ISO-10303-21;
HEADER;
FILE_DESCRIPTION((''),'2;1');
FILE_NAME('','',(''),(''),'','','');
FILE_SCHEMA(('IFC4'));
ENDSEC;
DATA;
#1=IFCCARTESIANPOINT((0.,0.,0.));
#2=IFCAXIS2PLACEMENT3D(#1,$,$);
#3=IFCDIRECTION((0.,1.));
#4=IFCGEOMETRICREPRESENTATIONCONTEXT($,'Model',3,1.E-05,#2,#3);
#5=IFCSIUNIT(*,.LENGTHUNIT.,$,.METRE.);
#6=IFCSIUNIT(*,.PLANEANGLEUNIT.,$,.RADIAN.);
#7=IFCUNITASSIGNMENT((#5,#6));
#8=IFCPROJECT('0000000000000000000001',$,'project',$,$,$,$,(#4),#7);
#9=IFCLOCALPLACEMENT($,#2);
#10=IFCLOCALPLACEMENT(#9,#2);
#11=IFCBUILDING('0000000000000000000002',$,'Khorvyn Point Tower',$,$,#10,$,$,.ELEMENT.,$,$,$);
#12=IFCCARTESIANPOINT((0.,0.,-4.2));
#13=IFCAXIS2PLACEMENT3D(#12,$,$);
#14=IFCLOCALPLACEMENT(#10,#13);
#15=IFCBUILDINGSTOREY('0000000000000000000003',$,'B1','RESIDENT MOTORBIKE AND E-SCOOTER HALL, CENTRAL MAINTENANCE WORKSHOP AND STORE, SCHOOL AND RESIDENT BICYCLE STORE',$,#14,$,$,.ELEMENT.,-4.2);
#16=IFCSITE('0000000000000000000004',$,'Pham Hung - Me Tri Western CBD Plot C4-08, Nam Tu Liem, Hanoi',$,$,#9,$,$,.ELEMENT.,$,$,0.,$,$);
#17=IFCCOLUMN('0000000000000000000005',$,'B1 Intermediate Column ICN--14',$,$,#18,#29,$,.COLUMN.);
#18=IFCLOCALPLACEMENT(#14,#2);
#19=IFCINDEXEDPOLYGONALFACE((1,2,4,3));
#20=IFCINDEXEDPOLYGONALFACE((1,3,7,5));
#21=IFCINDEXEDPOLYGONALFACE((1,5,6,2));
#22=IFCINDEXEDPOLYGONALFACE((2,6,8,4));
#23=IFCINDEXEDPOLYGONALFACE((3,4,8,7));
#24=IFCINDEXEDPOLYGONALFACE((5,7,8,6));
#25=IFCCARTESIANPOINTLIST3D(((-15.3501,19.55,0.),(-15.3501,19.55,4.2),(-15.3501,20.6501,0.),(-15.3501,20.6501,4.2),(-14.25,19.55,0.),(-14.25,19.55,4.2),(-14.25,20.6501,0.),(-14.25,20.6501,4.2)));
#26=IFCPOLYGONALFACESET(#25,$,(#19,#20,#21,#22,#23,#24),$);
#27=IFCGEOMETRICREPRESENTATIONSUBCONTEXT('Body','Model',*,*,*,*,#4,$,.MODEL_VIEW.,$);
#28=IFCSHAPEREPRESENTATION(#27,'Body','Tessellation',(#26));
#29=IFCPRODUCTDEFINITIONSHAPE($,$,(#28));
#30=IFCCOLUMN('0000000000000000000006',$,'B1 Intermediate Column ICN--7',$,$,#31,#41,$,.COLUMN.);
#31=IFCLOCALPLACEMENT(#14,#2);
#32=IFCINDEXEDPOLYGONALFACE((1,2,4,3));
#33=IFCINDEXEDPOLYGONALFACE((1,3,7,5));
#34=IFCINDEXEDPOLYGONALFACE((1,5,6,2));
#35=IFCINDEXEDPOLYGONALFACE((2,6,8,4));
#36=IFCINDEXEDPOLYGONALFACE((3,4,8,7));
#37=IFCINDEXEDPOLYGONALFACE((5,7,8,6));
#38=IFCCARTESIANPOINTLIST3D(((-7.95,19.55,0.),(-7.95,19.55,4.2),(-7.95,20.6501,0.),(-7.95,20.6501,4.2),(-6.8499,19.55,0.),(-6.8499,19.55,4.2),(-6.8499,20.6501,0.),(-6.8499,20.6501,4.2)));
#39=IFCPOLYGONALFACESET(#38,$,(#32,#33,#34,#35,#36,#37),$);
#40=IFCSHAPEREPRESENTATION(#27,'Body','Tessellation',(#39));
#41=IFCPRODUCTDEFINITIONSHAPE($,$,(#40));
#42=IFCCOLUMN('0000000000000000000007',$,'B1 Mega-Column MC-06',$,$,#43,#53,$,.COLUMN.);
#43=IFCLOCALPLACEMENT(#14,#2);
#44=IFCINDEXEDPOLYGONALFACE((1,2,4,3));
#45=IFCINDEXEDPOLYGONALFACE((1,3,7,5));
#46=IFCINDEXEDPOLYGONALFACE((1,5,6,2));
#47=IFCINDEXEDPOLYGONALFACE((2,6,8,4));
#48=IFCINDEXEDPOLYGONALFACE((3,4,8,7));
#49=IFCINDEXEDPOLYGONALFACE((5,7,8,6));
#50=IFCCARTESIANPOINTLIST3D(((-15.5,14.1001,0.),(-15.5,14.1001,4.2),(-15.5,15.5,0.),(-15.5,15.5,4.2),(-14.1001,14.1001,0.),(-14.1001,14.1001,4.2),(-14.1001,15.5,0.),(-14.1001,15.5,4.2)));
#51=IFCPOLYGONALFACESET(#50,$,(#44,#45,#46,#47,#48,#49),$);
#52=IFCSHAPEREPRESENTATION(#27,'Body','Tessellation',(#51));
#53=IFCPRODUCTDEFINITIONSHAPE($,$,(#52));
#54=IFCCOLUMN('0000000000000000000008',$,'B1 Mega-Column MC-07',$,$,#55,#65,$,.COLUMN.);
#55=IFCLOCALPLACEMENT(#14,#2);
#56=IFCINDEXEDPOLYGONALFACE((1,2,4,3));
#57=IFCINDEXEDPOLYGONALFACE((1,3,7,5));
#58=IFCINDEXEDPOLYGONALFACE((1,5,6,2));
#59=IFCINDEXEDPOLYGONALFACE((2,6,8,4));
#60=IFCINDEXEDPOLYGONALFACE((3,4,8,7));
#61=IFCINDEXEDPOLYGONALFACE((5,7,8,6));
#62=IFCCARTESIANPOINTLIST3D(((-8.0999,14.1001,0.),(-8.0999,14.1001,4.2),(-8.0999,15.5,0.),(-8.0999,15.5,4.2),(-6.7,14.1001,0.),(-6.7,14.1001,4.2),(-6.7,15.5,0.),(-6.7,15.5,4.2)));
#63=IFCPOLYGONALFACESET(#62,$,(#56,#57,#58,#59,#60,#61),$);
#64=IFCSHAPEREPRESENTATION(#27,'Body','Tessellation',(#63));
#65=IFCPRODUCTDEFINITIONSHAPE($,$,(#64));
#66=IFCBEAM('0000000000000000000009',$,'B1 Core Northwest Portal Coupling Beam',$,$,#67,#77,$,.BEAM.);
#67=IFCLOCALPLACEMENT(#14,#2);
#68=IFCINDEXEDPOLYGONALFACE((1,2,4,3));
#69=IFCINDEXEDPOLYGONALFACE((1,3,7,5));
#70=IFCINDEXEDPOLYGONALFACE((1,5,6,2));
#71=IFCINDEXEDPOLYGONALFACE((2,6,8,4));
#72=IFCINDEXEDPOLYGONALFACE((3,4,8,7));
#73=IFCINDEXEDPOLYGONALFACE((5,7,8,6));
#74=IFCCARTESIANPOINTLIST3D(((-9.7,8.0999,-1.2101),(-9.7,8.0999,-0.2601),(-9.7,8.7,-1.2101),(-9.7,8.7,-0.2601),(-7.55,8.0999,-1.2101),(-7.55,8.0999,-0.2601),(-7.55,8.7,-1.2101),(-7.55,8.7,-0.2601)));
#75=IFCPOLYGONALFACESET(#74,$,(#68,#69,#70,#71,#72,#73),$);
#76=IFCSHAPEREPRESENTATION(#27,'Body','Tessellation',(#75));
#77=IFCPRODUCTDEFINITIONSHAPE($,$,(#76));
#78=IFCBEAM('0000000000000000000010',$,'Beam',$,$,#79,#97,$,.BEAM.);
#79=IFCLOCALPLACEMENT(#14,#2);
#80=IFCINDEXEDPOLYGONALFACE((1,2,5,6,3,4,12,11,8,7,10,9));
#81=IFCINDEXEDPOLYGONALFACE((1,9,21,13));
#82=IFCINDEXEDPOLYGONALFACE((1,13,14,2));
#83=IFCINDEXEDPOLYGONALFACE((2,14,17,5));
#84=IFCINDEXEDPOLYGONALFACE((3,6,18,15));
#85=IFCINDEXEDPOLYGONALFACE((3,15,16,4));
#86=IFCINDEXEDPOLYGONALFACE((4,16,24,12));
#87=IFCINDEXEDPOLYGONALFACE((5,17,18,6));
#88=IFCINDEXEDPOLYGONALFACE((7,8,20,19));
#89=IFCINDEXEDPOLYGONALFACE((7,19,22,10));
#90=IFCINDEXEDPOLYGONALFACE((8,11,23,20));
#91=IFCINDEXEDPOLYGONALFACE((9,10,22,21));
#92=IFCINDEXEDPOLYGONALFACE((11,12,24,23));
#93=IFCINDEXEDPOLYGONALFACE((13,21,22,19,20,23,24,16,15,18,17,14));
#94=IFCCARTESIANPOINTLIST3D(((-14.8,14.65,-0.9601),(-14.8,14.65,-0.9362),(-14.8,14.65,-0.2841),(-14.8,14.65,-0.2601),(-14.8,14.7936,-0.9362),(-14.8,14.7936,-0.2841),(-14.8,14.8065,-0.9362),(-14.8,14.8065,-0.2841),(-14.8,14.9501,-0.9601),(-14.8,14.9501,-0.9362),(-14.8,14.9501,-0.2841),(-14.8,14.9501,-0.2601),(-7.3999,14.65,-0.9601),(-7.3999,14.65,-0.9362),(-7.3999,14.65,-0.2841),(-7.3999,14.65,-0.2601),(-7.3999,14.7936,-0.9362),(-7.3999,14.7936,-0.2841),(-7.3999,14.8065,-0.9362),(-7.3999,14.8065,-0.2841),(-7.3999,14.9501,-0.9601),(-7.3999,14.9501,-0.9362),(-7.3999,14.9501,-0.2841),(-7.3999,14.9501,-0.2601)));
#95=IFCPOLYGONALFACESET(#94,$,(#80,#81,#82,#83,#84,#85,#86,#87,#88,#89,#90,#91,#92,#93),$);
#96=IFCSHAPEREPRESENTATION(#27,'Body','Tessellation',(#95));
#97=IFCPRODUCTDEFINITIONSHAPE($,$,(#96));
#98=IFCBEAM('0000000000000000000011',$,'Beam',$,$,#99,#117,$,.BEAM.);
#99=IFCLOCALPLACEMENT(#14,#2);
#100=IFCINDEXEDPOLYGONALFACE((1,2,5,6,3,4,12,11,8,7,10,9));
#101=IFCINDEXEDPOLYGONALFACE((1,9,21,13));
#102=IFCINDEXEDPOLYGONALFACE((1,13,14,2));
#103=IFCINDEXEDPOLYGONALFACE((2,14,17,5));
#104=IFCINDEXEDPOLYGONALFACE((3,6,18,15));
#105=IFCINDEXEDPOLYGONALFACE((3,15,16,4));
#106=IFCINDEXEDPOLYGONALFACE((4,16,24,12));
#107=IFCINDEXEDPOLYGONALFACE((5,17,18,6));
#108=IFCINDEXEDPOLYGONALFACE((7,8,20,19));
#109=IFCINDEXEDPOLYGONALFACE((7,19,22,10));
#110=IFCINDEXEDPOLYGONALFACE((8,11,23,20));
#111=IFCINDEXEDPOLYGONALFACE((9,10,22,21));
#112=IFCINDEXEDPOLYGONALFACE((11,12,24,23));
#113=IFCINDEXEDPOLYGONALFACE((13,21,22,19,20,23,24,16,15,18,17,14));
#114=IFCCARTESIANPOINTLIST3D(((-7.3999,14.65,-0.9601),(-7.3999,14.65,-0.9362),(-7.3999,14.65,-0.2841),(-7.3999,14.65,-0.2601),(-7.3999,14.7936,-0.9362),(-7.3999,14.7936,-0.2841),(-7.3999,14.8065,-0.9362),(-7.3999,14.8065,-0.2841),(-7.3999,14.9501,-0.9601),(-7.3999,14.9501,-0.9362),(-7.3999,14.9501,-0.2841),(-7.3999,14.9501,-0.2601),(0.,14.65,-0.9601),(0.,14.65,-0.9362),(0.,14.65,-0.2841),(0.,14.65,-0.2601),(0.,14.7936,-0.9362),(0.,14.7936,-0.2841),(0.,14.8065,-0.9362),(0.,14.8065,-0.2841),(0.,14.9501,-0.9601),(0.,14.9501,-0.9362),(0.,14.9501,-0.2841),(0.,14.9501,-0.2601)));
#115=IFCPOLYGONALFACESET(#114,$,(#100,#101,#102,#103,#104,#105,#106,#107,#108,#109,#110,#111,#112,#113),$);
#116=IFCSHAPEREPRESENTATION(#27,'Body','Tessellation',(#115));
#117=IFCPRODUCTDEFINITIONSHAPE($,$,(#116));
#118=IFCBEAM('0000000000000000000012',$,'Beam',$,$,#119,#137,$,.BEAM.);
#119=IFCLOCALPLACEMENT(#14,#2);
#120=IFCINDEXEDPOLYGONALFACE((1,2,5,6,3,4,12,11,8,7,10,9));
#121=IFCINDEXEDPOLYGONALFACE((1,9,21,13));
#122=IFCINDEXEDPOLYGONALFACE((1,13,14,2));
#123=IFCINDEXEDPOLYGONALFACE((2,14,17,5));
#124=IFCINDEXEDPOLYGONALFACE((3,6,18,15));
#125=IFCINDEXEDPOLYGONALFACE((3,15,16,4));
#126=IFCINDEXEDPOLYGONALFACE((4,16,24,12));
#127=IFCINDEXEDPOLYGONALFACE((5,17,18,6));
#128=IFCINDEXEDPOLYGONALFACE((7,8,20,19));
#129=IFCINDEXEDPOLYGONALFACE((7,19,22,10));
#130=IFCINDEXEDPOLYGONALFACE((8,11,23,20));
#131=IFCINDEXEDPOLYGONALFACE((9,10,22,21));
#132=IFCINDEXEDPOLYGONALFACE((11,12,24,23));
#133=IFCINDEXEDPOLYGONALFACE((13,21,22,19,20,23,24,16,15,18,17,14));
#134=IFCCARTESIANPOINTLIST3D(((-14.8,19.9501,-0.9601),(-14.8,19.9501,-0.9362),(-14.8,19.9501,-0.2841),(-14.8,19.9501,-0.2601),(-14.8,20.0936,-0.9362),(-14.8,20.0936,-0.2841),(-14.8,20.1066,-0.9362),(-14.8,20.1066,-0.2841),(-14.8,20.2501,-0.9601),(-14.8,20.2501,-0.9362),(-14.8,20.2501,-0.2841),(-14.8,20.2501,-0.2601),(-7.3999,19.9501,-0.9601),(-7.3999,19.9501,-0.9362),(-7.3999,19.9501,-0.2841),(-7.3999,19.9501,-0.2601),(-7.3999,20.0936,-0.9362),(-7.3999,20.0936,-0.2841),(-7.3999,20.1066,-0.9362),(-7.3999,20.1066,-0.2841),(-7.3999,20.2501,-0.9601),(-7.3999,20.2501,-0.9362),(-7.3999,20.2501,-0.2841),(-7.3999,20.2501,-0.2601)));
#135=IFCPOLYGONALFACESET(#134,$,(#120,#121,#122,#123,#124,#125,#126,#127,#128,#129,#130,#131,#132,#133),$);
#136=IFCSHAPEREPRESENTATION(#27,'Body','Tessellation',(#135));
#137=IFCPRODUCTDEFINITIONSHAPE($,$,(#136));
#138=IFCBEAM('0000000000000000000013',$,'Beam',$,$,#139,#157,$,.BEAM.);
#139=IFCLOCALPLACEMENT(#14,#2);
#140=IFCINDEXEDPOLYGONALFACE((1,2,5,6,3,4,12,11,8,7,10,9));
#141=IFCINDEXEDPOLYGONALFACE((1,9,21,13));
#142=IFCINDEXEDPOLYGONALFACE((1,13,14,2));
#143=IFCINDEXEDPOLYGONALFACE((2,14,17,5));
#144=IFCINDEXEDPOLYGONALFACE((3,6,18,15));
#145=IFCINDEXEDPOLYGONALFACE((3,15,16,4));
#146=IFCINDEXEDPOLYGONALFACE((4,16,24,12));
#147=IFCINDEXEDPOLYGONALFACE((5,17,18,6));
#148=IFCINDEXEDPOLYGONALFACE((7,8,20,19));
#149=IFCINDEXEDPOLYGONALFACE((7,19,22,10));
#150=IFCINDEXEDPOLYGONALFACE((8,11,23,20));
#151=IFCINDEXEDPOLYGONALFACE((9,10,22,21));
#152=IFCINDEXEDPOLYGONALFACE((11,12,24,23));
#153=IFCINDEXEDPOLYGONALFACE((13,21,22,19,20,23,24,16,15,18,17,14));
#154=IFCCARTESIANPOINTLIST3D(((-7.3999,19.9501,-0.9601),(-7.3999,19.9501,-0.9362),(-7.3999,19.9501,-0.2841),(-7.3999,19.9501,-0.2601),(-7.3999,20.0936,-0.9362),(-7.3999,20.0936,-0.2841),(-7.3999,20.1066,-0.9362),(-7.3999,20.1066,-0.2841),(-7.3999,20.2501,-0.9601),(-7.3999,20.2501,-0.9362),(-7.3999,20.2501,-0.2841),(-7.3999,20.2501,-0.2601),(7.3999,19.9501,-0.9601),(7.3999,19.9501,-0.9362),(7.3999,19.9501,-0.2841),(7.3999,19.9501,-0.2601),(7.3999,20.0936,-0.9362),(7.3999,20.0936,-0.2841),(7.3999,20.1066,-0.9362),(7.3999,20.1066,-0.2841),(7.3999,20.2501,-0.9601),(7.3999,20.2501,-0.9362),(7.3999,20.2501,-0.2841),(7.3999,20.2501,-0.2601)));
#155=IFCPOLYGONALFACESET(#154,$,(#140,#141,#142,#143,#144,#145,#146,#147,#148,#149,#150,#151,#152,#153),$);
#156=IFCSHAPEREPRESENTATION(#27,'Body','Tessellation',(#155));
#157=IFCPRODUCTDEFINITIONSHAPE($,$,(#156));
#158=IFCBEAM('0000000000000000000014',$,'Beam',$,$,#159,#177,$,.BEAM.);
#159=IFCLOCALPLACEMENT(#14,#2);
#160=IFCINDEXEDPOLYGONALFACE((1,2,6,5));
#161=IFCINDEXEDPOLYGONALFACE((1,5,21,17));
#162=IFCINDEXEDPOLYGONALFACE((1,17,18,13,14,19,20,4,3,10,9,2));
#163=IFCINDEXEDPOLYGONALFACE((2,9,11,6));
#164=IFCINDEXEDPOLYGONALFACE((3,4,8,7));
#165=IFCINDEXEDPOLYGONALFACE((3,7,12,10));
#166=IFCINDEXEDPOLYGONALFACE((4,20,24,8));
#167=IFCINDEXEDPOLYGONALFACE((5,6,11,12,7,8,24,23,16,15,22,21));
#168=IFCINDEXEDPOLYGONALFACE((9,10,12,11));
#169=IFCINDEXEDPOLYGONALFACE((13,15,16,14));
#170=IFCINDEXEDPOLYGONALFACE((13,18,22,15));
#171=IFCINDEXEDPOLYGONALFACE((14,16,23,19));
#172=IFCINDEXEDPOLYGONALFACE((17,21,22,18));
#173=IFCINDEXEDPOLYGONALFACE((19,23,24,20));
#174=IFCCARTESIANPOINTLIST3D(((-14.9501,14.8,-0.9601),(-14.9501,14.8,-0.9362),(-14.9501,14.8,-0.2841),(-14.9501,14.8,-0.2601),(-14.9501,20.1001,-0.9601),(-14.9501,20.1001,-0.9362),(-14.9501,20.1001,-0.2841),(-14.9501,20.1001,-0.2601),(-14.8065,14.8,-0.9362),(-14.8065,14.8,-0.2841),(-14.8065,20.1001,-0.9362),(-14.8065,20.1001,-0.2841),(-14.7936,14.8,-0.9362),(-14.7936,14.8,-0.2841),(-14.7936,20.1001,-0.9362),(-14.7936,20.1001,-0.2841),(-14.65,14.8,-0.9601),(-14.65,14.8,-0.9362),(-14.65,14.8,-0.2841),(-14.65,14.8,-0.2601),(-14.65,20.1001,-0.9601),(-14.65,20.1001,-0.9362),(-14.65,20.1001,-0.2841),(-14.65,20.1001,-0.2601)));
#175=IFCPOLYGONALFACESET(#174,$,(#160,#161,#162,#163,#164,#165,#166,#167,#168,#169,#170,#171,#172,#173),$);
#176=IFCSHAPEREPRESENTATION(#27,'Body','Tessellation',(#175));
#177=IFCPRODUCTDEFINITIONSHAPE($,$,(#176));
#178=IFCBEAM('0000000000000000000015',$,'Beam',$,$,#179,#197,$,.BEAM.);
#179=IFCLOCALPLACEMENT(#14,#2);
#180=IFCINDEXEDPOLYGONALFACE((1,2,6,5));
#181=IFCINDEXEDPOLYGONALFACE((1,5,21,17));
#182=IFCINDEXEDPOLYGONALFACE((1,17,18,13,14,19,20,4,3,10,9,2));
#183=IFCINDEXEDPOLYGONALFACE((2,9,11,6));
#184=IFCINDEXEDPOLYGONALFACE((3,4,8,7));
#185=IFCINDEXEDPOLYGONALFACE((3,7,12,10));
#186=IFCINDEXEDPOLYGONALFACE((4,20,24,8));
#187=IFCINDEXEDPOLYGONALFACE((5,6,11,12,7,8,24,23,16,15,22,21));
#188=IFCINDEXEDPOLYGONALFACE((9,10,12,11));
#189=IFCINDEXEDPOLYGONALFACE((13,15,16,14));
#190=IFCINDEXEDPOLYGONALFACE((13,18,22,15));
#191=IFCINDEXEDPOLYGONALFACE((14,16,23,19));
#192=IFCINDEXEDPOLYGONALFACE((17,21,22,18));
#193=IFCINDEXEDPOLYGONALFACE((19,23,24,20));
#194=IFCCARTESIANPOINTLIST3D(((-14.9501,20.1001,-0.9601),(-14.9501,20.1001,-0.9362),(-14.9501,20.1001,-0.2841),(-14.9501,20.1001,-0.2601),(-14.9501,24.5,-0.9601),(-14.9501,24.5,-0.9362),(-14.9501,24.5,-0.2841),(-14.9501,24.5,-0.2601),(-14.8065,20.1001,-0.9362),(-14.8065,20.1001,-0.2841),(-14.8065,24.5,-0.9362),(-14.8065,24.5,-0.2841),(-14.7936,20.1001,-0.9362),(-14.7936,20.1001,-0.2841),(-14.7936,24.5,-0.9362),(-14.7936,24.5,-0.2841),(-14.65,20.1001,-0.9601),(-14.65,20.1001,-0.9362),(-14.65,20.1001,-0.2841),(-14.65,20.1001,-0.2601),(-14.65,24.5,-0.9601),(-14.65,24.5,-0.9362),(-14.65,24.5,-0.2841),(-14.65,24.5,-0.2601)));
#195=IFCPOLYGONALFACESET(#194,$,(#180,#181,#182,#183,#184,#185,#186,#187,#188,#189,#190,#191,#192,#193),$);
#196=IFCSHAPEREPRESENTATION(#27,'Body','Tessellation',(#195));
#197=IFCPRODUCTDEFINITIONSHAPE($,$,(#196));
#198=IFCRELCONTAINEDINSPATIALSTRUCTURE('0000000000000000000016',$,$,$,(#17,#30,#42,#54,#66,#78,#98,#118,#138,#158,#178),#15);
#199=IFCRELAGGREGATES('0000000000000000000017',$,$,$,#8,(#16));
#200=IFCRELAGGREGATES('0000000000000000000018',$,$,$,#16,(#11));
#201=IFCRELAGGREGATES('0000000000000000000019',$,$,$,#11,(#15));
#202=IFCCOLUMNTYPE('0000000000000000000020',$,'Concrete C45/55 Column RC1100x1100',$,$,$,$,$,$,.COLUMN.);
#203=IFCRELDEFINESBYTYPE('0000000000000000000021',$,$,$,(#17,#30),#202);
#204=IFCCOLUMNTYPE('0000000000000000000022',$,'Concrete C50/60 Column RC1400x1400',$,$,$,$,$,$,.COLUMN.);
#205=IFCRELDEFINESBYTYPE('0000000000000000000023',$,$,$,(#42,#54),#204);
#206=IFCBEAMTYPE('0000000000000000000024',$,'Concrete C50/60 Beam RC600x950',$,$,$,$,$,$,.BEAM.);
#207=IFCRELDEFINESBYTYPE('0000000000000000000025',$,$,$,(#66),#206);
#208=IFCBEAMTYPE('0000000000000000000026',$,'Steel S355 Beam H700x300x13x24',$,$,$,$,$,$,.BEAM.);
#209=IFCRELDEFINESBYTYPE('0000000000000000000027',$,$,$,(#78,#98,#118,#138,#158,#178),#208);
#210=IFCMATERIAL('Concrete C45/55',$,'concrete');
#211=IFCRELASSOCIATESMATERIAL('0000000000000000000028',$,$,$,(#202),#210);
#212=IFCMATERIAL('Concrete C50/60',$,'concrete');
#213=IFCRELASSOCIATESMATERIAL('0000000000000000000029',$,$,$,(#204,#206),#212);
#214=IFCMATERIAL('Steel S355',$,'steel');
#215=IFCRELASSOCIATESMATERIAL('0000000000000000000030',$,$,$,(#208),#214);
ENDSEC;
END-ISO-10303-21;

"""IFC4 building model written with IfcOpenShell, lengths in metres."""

from ifc_helpers import new_model, si_unit, direction, frame, origin, origin_2d, place, context, subcontext, project, spatial, rectangle, i_section, extrude, material, material_profile, profile_set, type_object, element, save


model = new_model("IFC4")

# Units and contexts
model_context = context("Model", 3, precision=1e-05, world=origin(), true_north=direction((0.0, 1.0)))
body_context = subcontext(model_context, "Body", "Model", "MODEL_VIEW")
ifc_project = project(units=[si_unit("LENGTHUNIT", "METRE"), si_unit("PLANEANGLEUNIT", "RADIAN")], contexts=[model_context])

# Site, building, storey
site_placement = place(None, origin())
site = spatial("IfcSite", under=ifc_project, at=site_placement, Name="Pham Hung - Me Tri Western CBD Plot C4-08, Nam Tu Liem, Hanoi", CompositionType="ELEMENT", RefElevation=0.0)
building_placement = place(site_placement, origin())
building = spatial("IfcBuilding", under=site, at=building_placement, Name="Khorvyn Point Tower", CompositionType="ELEMENT")
storey_placement = place(building_placement, frame((0.0, 0.0, -4.2)))
storey = spatial("IfcBuildingStorey", under=building, at=storey_placement, Name="B1", Description="RESIDENT MOTORBIKE AND E-SCOOTER HALL, CENTRAL MAINTENANCE WORKSHOP AND STORE, SCHOOL AND RESIDENT BICYCLE STORE", CompositionType="ELEMENT", Elevation=-4.2)

# Columns
ifc_material_1 = material(Name="Concrete C45/55", Category="concrete")
ifc_material_profile_1 = material_profile(ifc_material_1, rectangle(XDim=1.1001, YDim=1.1001, at=origin_2d()))
ifc_profile_set_1 = profile_set([ifc_material_profile_1], Name="Concrete C45/55 RC1100x1100")
column_type_1 = type_object("IfcColumnType", Name="Concrete C45/55 Column RC1100x1100", PredefinedType="COLUMN", material=ifc_profile_set_1)
for number, where, z_axis, x_axis, name in (
    (1, (-14.8, 20.1001, 0.0), (0.0, 0.0, 1.0), (1.0, 0.0, 0.0), "B1 Intermediate Column ICN--14"),
    (2, (-7.3999, 20.1001, 0.0), (0.0, 0.0, 1.0), (1.0, 0.0, 0.0), "B1 Intermediate Column ICN--7"),
):
    element("IfcColumn", number, at=place(storey_placement, frame(where, z_axis=z_axis, x_axis=x_axis)), inside=storey, type_object=column_type_1, Name=name, PredefinedType="COLUMN", context=body_context, shape_type="SweptSolid", body=[
        extrude(rectangle(XDim=1.1001, YDim=1.1001, at=origin_2d()), origin(), (0.0, 0.0, 1.0), 4.2),
    ])
ifc_material_2 = material(Name="Concrete C50/60", Category="concrete")
ifc_material_profile_2 = material_profile(ifc_material_2, rectangle(XDim=1.3999, YDim=1.3999, at=origin_2d()))
ifc_profile_set_2 = profile_set([ifc_material_profile_2], Name="Concrete C50/60 RC1400x1400")
column_type_2 = type_object("IfcColumnType", Name="Concrete C50/60 Column RC1400x1400", PredefinedType="COLUMN", material=ifc_profile_set_2)
for number, where, z_axis, x_axis, name in (
    (3, (-14.8, 14.8, 0.0), (0.0, 0.0, 1.0), (1.0, 0.0, 0.0), "B1 Mega-Column MC-06"),
    (4, (-7.3999, 14.8, 0.0), (0.0, 0.0, 1.0), (1.0, 0.0, 0.0), "B1 Mega-Column MC-07"),
):
    element("IfcColumn", number, at=place(storey_placement, frame(where, z_axis=z_axis, x_axis=x_axis)), inside=storey, type_object=column_type_2, Name=name, PredefinedType="COLUMN", context=body_context, shape_type="SweptSolid", body=[
        extrude(rectangle(XDim=1.3999, YDim=1.3999, at=origin_2d()), origin(), (0.0, 0.0, 1.0), 4.2),
    ])

# Beams
ifc_material_profile_3 = material_profile(ifc_material_2, rectangle(XDim=0.6001, YDim=0.95, at=origin_2d()))
ifc_profile_set_3 = profile_set([ifc_material_profile_3], Name="Concrete C50/60 RC600x950")
beam_type_1 = type_object("IfcBeamType", Name="Concrete C50/60 Beam RC600x950", PredefinedType="BEAM", material=ifc_profile_set_3)
beam_1_placement = place(storey_placement, frame((-9.7, 8.3999, -0.7351), z_axis=(1.0, 0.0, 0.0), x_axis=(0.0, 1.0, 0.0)))
element("IfcBeam", 5, at=beam_1_placement, inside=storey, type_object=beam_type_1, Name="B1 Core Northwest Portal Coupling Beam", PredefinedType="BEAM", context=body_context, shape_type="SweptSolid", body=[
    extrude(rectangle(XDim=0.6001, YDim=0.95, at=origin_2d()), origin(), (0.0, 0.0, 1.0), 2.1499),
])
ifc_material_3 = material(Name="Steel S355", Category="steel")
ifc_material_profile_4 = material_profile(ifc_material_3, i_section(OverallWidth=0.3, OverallDepth=0.7, WebThickness=0.0129, FlangeThickness=0.0239, at=origin_2d()))
ifc_profile_set_4 = profile_set([ifc_material_profile_4], Name="Steel S355 H700x300x13x24")
beam_type_2 = type_object("IfcBeamType", Name="Steel S355 Beam H700x300x13x24", PredefinedType="BEAM", material=ifc_profile_set_4)
beam_2_placement = place(storey_placement, frame((-14.8, 14.8, -0.6101), z_axis=(1.0, 0.0, 0.0), x_axis=(0.0, 1.0, 0.0)))
element("IfcBeam", 6, at=beam_2_placement, inside=storey, type_object=beam_type_2, Name="Beam", PredefinedType="BEAM", context=body_context, shape_type="SweptSolid", body=[
    extrude(i_section(OverallWidth=0.3, OverallDepth=0.7, WebThickness=0.0129, FlangeThickness=0.0239, at=origin_2d()), origin(), (0.0, 0.0, 1.0), 7.4001),
])
beam_3_placement = place(storey_placement, frame((-7.3999, 14.8, -0.6101), z_axis=(1.0, 0.0, 0.0), x_axis=(0.0, 1.0, 0.0)))
element("IfcBeam", 7, at=beam_3_placement, inside=storey, type_object=beam_type_2, Name="Beam", PredefinedType="BEAM", context=body_context, shape_type="SweptSolid", body=[
    extrude(i_section(OverallWidth=0.3, OverallDepth=0.7, WebThickness=0.0129, FlangeThickness=0.0239, at=origin_2d()), origin(), (0.0, 0.0, 1.0), 7.3999),
])
beam_4_placement = place(storey_placement, frame((-14.8, 20.1001, -0.6101), z_axis=(1.0, 0.0, 0.0), x_axis=(0.0, 1.0, 0.0)))
element("IfcBeam", 8, at=beam_4_placement, inside=storey, type_object=beam_type_2, Name="Beam", PredefinedType="BEAM", context=body_context, shape_type="SweptSolid", body=[
    extrude(i_section(OverallWidth=0.3, OverallDepth=0.7, WebThickness=0.0129, FlangeThickness=0.0239, at=origin_2d()), origin(), (0.0, 0.0, 1.0), 7.4001),
])
beam_5_placement = place(storey_placement, frame((-7.3999, 20.1001, -0.6101), z_axis=(1.0, 0.0, 0.0), x_axis=(0.0, 1.0, 0.0)))
element("IfcBeam", 9, at=beam_5_placement, inside=storey, type_object=beam_type_2, Name="Beam", PredefinedType="BEAM", context=body_context, shape_type="SweptSolid", body=[
    extrude(i_section(OverallWidth=0.3, OverallDepth=0.7, WebThickness=0.0129, FlangeThickness=0.0239, at=origin_2d()), origin(), (0.0, 0.0, 1.0), 14.7998),
])
beam_6_placement = place(storey_placement, frame((-14.8, 14.8, -0.6101), z_axis=(0.0, 1.0, 0.0), x_axis=(-1.0, 0.0, 0.0)))
element("IfcBeam", 10, at=beam_6_placement, inside=storey, type_object=beam_type_2, Name="Beam", PredefinedType="BEAM", context=body_context, shape_type="SweptSolid", body=[
    extrude(i_section(OverallWidth=0.3, OverallDepth=0.7, WebThickness=0.0129, FlangeThickness=0.0239, at=origin_2d()), origin(), (0.0, 0.0, 1.0), 5.3),
])
beam_7_placement = place(storey_placement, frame((-14.8, 20.1001, -0.6101), z_axis=(0.0, 1.0, 0.0), x_axis=(-1.0, 0.0, 0.0)))
element("IfcBeam", 11, at=beam_7_placement, inside=storey, type_object=beam_type_2, Name="Beam", PredefinedType="BEAM", context=body_context, shape_type="SweptSolid", body=[
    extrude(i_section(OverallWidth=0.3, OverallDepth=0.7, WebThickness=0.0129, FlangeThickness=0.0239, at=origin_2d()), origin(), (0.0, 0.0, 1.0), 4.3999),
])

save(model, "model.ifc")
